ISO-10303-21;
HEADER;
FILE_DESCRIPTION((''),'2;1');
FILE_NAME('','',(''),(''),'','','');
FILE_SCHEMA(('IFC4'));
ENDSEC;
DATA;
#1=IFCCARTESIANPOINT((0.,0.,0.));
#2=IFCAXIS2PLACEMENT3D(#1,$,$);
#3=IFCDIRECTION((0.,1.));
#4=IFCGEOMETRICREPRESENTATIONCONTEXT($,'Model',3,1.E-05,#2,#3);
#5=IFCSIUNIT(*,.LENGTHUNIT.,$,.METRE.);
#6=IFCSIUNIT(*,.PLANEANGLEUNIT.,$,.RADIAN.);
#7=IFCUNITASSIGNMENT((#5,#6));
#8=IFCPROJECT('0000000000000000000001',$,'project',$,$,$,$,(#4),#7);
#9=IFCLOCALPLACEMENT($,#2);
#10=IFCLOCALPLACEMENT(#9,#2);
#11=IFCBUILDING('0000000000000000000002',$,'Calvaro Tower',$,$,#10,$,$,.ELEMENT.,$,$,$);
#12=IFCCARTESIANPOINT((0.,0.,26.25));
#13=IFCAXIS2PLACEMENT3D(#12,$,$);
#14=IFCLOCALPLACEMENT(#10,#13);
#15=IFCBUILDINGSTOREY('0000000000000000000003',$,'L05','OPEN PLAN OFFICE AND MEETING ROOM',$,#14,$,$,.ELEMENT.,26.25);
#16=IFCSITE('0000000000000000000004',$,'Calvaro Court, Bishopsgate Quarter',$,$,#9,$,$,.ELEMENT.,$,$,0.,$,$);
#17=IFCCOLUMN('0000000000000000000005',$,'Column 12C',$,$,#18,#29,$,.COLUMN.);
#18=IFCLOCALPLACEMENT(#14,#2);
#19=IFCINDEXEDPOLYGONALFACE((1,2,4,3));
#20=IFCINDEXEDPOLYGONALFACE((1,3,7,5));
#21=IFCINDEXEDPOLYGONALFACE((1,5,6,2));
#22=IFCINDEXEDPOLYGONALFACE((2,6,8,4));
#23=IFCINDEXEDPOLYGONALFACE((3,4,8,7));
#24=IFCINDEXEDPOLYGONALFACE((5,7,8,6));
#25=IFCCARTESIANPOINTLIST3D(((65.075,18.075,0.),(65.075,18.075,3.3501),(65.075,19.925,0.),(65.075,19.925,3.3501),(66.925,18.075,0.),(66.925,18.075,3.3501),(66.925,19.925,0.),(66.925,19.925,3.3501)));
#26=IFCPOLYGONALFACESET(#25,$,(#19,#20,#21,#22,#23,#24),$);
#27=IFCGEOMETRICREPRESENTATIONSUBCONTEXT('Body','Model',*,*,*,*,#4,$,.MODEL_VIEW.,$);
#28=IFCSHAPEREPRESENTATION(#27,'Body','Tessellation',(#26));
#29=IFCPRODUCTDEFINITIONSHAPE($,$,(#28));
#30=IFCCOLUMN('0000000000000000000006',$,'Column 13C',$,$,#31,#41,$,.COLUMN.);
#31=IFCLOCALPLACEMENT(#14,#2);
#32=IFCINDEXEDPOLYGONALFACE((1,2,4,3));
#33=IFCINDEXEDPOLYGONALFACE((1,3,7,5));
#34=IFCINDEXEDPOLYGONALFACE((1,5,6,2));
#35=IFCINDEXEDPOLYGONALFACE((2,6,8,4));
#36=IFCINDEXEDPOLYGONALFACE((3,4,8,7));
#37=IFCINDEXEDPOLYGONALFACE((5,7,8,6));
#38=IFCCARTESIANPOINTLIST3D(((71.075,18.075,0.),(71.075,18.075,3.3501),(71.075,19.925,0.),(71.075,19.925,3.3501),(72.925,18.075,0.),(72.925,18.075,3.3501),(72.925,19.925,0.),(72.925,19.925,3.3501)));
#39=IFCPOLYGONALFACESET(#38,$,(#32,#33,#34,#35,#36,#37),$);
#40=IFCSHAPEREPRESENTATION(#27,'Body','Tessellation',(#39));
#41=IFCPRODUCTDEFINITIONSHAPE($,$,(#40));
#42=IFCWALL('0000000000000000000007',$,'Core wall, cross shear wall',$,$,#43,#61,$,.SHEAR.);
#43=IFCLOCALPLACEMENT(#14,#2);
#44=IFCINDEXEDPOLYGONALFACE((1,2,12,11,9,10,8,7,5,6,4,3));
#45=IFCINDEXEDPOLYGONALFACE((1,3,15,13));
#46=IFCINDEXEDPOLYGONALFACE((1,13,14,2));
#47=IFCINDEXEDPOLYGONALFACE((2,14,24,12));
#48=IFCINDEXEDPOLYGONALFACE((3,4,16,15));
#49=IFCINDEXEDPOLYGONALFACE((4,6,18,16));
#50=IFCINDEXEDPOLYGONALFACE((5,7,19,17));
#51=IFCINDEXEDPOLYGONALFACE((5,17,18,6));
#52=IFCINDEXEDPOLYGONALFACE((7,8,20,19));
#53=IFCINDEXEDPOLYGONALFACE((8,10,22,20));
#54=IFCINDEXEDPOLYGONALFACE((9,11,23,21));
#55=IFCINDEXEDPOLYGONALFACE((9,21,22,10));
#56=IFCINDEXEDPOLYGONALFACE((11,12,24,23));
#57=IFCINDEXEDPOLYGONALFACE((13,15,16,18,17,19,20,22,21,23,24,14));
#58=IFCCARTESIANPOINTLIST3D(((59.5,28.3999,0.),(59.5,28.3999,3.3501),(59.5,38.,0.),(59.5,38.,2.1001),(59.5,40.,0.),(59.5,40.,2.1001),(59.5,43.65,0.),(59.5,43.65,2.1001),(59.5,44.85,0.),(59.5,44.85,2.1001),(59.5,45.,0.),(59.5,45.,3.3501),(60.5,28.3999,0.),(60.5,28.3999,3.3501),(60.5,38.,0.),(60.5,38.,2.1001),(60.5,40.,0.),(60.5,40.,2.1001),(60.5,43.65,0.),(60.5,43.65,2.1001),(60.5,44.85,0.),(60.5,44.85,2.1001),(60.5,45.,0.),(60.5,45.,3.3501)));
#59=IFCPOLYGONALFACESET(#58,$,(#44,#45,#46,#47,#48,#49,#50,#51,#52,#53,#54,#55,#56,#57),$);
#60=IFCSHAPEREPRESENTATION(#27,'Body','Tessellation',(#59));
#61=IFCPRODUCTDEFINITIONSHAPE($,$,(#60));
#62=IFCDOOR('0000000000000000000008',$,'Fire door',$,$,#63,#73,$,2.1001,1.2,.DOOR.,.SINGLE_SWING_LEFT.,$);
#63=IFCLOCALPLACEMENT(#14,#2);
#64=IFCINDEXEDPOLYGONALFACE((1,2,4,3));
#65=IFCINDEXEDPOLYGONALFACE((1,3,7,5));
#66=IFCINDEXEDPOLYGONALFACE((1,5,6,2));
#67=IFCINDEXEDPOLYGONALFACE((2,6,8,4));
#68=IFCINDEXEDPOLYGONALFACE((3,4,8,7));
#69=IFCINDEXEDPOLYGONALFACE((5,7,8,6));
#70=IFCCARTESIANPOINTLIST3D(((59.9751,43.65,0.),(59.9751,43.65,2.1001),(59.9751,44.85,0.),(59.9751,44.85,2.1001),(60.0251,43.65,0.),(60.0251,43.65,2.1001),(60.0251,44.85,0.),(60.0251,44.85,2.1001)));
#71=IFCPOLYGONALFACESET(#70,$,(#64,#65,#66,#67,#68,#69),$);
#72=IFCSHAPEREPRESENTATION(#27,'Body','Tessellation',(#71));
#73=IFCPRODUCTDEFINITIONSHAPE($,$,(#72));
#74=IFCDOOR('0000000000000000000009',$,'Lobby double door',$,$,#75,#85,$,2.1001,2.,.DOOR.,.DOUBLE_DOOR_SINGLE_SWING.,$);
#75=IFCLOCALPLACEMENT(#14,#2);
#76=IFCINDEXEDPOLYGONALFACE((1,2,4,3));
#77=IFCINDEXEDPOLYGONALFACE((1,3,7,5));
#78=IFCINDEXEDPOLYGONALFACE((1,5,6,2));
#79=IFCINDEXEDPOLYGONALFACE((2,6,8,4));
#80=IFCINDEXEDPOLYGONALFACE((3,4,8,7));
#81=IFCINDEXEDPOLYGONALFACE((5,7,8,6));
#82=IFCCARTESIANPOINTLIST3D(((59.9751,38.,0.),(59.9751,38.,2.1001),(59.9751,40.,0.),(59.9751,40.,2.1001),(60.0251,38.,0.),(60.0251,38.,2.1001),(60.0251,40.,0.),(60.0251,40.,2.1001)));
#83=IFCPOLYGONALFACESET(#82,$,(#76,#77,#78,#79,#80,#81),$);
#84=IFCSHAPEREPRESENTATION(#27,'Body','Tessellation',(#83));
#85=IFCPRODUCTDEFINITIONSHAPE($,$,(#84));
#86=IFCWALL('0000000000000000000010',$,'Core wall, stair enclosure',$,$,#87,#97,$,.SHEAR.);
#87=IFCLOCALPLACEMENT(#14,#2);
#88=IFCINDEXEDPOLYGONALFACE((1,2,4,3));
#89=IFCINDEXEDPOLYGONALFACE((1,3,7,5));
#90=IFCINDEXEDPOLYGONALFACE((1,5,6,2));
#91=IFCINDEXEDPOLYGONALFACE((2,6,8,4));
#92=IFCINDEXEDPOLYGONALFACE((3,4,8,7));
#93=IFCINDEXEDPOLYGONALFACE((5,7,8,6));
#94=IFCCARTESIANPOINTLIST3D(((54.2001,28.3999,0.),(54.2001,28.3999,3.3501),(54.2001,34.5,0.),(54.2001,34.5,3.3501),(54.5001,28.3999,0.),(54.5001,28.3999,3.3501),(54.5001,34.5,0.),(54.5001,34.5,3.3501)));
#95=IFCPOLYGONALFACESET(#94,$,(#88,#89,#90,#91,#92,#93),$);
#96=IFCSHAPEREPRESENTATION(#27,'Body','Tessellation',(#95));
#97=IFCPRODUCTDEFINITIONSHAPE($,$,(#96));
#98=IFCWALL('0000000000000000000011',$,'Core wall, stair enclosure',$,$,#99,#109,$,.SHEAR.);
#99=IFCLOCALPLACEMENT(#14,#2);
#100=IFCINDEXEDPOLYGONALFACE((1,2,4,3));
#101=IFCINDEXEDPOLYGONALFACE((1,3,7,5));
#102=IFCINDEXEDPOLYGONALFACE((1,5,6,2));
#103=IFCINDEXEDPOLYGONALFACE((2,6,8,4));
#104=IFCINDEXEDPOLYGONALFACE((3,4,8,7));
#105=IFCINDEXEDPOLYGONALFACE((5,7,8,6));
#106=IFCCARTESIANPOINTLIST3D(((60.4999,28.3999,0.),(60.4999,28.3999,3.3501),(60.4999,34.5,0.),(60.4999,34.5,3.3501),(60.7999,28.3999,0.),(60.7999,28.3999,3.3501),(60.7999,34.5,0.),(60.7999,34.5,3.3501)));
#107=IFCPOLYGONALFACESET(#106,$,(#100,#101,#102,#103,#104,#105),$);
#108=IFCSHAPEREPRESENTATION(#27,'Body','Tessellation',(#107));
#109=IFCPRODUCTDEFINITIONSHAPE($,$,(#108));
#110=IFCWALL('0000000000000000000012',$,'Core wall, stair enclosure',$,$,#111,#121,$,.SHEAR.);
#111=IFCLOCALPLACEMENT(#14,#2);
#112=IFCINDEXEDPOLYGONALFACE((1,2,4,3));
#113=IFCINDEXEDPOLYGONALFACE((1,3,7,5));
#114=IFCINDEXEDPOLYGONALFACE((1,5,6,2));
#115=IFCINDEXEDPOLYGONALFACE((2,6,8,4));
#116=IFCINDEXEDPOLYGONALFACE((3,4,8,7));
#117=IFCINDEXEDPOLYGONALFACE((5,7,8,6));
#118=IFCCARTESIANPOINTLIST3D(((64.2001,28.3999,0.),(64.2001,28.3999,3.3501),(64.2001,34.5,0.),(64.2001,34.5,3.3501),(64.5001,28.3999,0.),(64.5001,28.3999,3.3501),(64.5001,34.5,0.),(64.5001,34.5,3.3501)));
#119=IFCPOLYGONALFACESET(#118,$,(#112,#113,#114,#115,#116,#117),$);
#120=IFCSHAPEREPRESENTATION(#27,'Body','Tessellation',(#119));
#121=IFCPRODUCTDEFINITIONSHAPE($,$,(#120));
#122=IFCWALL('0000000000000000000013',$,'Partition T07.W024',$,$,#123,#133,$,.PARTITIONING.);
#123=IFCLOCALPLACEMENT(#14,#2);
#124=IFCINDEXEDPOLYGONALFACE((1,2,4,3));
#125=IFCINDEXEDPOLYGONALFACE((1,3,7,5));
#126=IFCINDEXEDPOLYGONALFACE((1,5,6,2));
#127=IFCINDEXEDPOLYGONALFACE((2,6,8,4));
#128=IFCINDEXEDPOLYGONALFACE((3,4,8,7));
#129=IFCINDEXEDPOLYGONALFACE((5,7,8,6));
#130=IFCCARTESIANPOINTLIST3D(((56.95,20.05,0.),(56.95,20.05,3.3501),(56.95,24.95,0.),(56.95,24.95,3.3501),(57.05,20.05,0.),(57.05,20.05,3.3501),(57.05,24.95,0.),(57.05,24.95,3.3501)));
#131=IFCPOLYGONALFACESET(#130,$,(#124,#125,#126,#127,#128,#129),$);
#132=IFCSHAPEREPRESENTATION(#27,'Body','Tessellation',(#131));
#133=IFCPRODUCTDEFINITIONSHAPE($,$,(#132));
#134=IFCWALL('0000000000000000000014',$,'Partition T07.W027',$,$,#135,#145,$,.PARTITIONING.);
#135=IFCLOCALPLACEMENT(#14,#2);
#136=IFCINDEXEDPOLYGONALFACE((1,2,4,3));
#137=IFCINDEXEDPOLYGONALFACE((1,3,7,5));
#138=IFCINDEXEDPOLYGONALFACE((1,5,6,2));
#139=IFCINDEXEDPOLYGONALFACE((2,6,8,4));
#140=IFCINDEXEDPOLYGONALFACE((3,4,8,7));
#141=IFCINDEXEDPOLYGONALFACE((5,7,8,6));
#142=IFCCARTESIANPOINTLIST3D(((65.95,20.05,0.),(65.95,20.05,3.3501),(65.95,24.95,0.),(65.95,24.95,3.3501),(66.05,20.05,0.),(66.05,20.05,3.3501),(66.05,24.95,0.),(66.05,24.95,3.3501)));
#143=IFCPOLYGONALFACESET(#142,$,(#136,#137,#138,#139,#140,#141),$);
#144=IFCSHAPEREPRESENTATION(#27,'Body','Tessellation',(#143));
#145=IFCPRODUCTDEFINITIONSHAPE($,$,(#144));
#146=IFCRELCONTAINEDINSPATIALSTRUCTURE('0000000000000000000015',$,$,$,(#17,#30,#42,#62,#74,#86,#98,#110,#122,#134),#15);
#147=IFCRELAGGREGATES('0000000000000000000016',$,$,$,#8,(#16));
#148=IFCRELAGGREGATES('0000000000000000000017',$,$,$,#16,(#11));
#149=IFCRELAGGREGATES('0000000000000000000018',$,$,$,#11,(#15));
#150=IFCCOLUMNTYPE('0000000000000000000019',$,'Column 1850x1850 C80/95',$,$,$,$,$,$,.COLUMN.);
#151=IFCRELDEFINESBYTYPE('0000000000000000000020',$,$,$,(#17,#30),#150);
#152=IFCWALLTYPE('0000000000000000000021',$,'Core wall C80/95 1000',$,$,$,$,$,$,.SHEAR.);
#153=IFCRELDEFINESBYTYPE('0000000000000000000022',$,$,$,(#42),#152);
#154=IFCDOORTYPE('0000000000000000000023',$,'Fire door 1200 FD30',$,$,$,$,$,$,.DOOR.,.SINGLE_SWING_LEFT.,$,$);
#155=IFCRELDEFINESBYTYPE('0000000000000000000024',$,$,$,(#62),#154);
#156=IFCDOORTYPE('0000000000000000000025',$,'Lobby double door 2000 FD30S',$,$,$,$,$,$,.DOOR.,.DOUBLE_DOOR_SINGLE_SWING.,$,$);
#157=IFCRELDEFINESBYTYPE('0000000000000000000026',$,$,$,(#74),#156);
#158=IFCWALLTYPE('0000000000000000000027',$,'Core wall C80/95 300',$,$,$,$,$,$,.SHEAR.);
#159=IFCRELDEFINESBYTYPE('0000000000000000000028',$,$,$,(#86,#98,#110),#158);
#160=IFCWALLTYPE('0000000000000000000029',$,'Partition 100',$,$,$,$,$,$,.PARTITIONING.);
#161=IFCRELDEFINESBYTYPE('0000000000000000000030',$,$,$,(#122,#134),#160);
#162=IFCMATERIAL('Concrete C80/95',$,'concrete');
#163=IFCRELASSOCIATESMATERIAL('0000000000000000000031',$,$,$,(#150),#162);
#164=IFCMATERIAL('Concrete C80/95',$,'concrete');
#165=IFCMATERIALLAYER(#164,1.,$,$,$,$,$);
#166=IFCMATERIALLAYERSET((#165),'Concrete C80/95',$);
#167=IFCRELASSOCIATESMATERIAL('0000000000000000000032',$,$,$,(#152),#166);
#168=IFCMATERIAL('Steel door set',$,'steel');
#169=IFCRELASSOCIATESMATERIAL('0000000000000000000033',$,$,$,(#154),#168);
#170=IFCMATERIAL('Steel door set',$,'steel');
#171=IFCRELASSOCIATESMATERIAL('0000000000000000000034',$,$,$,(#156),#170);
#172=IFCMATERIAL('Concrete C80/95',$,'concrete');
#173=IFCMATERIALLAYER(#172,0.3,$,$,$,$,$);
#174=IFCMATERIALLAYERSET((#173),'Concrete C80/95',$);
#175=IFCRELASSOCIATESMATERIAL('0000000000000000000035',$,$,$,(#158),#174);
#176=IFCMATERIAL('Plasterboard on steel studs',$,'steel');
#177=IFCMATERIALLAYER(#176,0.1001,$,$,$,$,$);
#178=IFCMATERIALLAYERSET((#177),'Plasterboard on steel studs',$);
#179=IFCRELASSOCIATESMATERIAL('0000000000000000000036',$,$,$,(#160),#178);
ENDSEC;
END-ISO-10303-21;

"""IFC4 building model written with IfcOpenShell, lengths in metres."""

from ifc_helpers import new_model, si_unit, direction, frame, frame_2d, origin, origin_2d, place, context, subcontext, project, spatial, rectangle, extrude, material, layer, layer_set, material_profile, profile_set, type_object, element, fill, save


model = new_model("IFC4")

# Units and contexts
model_context = context("Model", 3, precision=1e-05, world=origin(), true_north=direction((0.0, 1.0)))
body_context = subcontext(model_context, "Body", "Model", "MODEL_VIEW")
ifc_project = project(units=[si_unit("LENGTHUNIT", "METRE"), si_unit("PLANEANGLEUNIT", "RADIAN")], contexts=[model_context])

# Site, building, storey
site_placement = place(None, origin())
site = spatial("IfcSite", under=ifc_project, at=site_placement, Name="Calvaro Court, Bishopsgate Quarter", CompositionType="ELEMENT", RefElevation=0.0)
building_placement = place(site_placement, origin())
building = spatial("IfcBuilding", under=site, at=building_placement, Name="Calvaro Tower", CompositionType="ELEMENT")
storey_placement = place(building_placement, frame((0.0, 0.0, 26.25)))
storey = spatial("IfcBuildingStorey", under=building, at=storey_placement, Name="L05", Description="OPEN PLAN OFFICE AND MEETING ROOM", CompositionType="ELEMENT", Elevation=26.25)

# Columns
ifc_material_1 = material(Name="Concrete C80/95", Category="concrete")
ifc_material_profile = material_profile(ifc_material_1, rectangle(XDim=1.8501, YDim=1.8501, at=origin_2d()), Name="RC 1850x1850")
ifc_profile_set = profile_set([ifc_material_profile], Name="Concrete C80/95")
column_type = type_object("IfcColumnType", Name="Column 1850x1850 C80/95", PredefinedType="COLUMN", material=ifc_profile_set)
for number, where, z_axis, x_axis, name in (
    (1, (66.0, 19.0, 0.0), (0.0, 0.0, 1.0), (1.0, 0.0, 0.0), "Column 12C"),
    (2, (72.0, 19.0, 0.0), (0.0, 0.0, 1.0), (1.0, 0.0, 0.0), "Column 13C"),
):
    element("IfcColumn", number, at=place(storey_placement, frame(where, z_axis=z_axis, x_axis=x_axis)), inside=storey, type_object=column_type, Name=name, PredefinedType="COLUMN", context=body_context, shape_type="SweptSolid", body=[
        extrude(rectangle(XDim=1.8501, YDim=1.8501, at=origin_2d()), origin(), (0.0, 0.0, 1.0), 3.3501),
    ])

# Wall, openings, doors
ifc_material_2 = material(Name="Concrete C80/95", Category="concrete")
ifc_layer_1 = layer(ifc_material_2, 1.0)
ifc_layer_set_1 = layer_set([ifc_layer_1], Name="Concrete C80/95")
wall_type_1 = type_object("IfcWallType", Name="Core wall C80/95 1000", PredefinedType="SHEAR", material=ifc_layer_set_1)
wall_1_placement = place(storey_placement, frame((60.0, 28.3999, 0.0), z_axis=(0.0, 0.0, 1.0), x_axis=(0.0, 1.0, 0.0)))
wall_1 = element("IfcWall", 3, at=wall_1_placement, inside=storey, type_object=wall_type_1, Name="Core wall, cross shear wall", PredefinedType="SHEAR", context=body_context, shape_type="SweptSolid", body=[
    extrude(rectangle(XDim=16.6001, YDim=1.0, at=frame_2d((8.3, 0.0))), origin(), (0.0, 0.0, 1.0), 3.3501),
])
opening_1_placement = place(wall_1_placement, frame((9.6001, 0.0, 0.0)))
opening_1 = element("IfcOpeningElement", 4, at=opening_1_placement, cuts=wall_1, PredefinedType="OPENING", context=body_context, shape_type="SweptSolid", body=[
    extrude(rectangle(XDim=2.0, YDim=2.1001, at=frame_2d((1.0, 1.05))), frame((0.0, 0.51, 0.0), z_axis=(0.0, -1.0, 0.0), x_axis=(1.0, 0.0, 0.0)), (0.0, 0.0, 1.0), 1.02),
])
opening_2_placement = place(wall_1_placement, frame((15.25, 0.0, 0.0)))
opening_2 = element("IfcOpeningElement", 5, at=opening_2_placement, cuts=wall_1, PredefinedType="OPENING", context=body_context, shape_type="SweptSolid", body=[
    extrude(rectangle(XDim=1.2, YDim=2.1001, at=frame_2d((0.6001, 1.05))), frame((0.0, 0.51, 0.0), z_axis=(0.0, -1.0, 0.0), x_axis=(1.0, 0.0, 0.0)), (0.0, 0.0, 1.0), 1.02),
])
ifc_material_3 = material(Name="Steel door set", Category="steel")
door_type_1 = type_object("IfcDoorType", Name="Fire door 1200 FD30", OperationType="SINGLE_SWING_LEFT", PredefinedType="DOOR", material=ifc_material_3)
door_1_placement = place(opening_2_placement, origin())
door_1 = element("IfcDoor", 6, at=door_1_placement, inside=storey, type_object=door_type_1, Name="Fire door", OperationType="SINGLE_SWING_LEFT", OverallHeight=2.1001, OverallWidth=1.2, PredefinedType="DOOR", context=body_context, shape_type="SweptSolid", body=[
    extrude(rectangle(XDim=1.2, YDim=2.1001, at=frame_2d((0.6001, 1.05))), frame((0.0, 0.0249, 0.0), z_axis=(0.0, -1.0, 0.0), x_axis=(1.0, 0.0, 0.0)), (0.0, 0.0, 1.0), 0.05),
])
fill(opening_2, door_1)
ifc_material_4 = material(Name="Steel door set", Category="steel")
door_type_2 = type_object("IfcDoorType", Name="Lobby double door 2000 FD30S", OperationType="DOUBLE_DOOR_SINGLE_SWING", PredefinedType="DOOR", material=ifc_material_4)
door_2_placement = place(opening_1_placement, origin())
door_2 = element("IfcDoor", 7, at=door_2_placement, inside=storey, type_object=door_type_2, Name="Lobby double door", OperationType="DOUBLE_DOOR_SINGLE_SWING", OverallHeight=2.1001, OverallWidth=2.0, PredefinedType="DOOR", context=body_context, shape_type="SweptSolid", body=[
    extrude(rectangle(XDim=2.0, YDim=2.1001, at=frame_2d((1.0, 1.05))), frame((0.0, 0.0249, 0.0), z_axis=(0.0, -1.0, 0.0), x_axis=(1.0, 0.0, 0.0)), (0.0, 0.0, 1.0), 0.05),
])
fill(opening_1, door_2)

# Walls
ifc_material_5 = material(Name="Concrete C80/95", Category="concrete")
ifc_layer_2 = layer(ifc_material_5, 0.3)
ifc_layer_set_2 = layer_set([ifc_layer_2], Name="Concrete C80/95")
wall_type_2 = type_object("IfcWallType", Name="Core wall C80/95 300", PredefinedType="SHEAR", material=ifc_layer_set_2)
for number, where, z_axis, x_axis, name in (
    (8, (54.3501, 28.3999, 0.0), (0.0, 0.0, 1.0), (0.0, 1.0, 0.0), "Core wall, stair enclosure"),
    (9, (60.6499, 28.3999, 0.0), (0.0, 0.0, 1.0), (0.0, 1.0, 0.0), "Core wall, stair enclosure"),
    (10, (64.3501, 28.3999, 0.0), (0.0, 0.0, 1.0), (0.0, 1.0, 0.0), "Core wall, stair enclosure"),
):
    element("IfcWall", number, at=place(storey_placement, frame(where, z_axis=z_axis, x_axis=x_axis)), inside=storey, type_object=wall_type_2, Name=name, PredefinedType="SHEAR", context=body_context, shape_type="SweptSolid", body=[
        extrude(rectangle(XDim=6.1001, YDim=0.3, at=frame_2d((3.05, 0.0))), origin(), (0.0, 0.0, 1.0), 3.3501),
    ])
ifc_material_6 = material(Name="Plasterboard on steel studs", Category="steel")
ifc_layer_3 = layer(ifc_material_6, 0.1001)
ifc_layer_set_3 = layer_set([ifc_layer_3], Name="Plasterboard on steel studs")
wall_type_3 = type_object("IfcWallType", Name="Partition 100", PredefinedType="PARTITIONING", material=ifc_layer_set_3)
for number, where, z_axis, x_axis, name in (
    (11, (57.0, 20.05, 0.0), (0.0, 0.0, 1.0), (0.0, 1.0, 0.0), "Partition T07.W024"),
    (12, (66.0, 20.05, 0.0), (0.0, 0.0, 1.0), (0.0, 1.0, 0.0), "Partition T07.W027"),
):
    element("IfcWall", number, at=place(storey_placement, frame(where, z_axis=z_axis, x_axis=x_axis)), inside=storey, type_object=wall_type_3, Name=name, PredefinedType="PARTITIONING", context=body_context, shape_type="SweptSolid", body=[
        extrude(rectangle(XDim=4.8999, YDim=0.1001, at=frame_2d((2.45, 0.0))), origin(), (0.0, 0.0, 1.0), 3.3501),
    ])

save(model, "model.ifc")
